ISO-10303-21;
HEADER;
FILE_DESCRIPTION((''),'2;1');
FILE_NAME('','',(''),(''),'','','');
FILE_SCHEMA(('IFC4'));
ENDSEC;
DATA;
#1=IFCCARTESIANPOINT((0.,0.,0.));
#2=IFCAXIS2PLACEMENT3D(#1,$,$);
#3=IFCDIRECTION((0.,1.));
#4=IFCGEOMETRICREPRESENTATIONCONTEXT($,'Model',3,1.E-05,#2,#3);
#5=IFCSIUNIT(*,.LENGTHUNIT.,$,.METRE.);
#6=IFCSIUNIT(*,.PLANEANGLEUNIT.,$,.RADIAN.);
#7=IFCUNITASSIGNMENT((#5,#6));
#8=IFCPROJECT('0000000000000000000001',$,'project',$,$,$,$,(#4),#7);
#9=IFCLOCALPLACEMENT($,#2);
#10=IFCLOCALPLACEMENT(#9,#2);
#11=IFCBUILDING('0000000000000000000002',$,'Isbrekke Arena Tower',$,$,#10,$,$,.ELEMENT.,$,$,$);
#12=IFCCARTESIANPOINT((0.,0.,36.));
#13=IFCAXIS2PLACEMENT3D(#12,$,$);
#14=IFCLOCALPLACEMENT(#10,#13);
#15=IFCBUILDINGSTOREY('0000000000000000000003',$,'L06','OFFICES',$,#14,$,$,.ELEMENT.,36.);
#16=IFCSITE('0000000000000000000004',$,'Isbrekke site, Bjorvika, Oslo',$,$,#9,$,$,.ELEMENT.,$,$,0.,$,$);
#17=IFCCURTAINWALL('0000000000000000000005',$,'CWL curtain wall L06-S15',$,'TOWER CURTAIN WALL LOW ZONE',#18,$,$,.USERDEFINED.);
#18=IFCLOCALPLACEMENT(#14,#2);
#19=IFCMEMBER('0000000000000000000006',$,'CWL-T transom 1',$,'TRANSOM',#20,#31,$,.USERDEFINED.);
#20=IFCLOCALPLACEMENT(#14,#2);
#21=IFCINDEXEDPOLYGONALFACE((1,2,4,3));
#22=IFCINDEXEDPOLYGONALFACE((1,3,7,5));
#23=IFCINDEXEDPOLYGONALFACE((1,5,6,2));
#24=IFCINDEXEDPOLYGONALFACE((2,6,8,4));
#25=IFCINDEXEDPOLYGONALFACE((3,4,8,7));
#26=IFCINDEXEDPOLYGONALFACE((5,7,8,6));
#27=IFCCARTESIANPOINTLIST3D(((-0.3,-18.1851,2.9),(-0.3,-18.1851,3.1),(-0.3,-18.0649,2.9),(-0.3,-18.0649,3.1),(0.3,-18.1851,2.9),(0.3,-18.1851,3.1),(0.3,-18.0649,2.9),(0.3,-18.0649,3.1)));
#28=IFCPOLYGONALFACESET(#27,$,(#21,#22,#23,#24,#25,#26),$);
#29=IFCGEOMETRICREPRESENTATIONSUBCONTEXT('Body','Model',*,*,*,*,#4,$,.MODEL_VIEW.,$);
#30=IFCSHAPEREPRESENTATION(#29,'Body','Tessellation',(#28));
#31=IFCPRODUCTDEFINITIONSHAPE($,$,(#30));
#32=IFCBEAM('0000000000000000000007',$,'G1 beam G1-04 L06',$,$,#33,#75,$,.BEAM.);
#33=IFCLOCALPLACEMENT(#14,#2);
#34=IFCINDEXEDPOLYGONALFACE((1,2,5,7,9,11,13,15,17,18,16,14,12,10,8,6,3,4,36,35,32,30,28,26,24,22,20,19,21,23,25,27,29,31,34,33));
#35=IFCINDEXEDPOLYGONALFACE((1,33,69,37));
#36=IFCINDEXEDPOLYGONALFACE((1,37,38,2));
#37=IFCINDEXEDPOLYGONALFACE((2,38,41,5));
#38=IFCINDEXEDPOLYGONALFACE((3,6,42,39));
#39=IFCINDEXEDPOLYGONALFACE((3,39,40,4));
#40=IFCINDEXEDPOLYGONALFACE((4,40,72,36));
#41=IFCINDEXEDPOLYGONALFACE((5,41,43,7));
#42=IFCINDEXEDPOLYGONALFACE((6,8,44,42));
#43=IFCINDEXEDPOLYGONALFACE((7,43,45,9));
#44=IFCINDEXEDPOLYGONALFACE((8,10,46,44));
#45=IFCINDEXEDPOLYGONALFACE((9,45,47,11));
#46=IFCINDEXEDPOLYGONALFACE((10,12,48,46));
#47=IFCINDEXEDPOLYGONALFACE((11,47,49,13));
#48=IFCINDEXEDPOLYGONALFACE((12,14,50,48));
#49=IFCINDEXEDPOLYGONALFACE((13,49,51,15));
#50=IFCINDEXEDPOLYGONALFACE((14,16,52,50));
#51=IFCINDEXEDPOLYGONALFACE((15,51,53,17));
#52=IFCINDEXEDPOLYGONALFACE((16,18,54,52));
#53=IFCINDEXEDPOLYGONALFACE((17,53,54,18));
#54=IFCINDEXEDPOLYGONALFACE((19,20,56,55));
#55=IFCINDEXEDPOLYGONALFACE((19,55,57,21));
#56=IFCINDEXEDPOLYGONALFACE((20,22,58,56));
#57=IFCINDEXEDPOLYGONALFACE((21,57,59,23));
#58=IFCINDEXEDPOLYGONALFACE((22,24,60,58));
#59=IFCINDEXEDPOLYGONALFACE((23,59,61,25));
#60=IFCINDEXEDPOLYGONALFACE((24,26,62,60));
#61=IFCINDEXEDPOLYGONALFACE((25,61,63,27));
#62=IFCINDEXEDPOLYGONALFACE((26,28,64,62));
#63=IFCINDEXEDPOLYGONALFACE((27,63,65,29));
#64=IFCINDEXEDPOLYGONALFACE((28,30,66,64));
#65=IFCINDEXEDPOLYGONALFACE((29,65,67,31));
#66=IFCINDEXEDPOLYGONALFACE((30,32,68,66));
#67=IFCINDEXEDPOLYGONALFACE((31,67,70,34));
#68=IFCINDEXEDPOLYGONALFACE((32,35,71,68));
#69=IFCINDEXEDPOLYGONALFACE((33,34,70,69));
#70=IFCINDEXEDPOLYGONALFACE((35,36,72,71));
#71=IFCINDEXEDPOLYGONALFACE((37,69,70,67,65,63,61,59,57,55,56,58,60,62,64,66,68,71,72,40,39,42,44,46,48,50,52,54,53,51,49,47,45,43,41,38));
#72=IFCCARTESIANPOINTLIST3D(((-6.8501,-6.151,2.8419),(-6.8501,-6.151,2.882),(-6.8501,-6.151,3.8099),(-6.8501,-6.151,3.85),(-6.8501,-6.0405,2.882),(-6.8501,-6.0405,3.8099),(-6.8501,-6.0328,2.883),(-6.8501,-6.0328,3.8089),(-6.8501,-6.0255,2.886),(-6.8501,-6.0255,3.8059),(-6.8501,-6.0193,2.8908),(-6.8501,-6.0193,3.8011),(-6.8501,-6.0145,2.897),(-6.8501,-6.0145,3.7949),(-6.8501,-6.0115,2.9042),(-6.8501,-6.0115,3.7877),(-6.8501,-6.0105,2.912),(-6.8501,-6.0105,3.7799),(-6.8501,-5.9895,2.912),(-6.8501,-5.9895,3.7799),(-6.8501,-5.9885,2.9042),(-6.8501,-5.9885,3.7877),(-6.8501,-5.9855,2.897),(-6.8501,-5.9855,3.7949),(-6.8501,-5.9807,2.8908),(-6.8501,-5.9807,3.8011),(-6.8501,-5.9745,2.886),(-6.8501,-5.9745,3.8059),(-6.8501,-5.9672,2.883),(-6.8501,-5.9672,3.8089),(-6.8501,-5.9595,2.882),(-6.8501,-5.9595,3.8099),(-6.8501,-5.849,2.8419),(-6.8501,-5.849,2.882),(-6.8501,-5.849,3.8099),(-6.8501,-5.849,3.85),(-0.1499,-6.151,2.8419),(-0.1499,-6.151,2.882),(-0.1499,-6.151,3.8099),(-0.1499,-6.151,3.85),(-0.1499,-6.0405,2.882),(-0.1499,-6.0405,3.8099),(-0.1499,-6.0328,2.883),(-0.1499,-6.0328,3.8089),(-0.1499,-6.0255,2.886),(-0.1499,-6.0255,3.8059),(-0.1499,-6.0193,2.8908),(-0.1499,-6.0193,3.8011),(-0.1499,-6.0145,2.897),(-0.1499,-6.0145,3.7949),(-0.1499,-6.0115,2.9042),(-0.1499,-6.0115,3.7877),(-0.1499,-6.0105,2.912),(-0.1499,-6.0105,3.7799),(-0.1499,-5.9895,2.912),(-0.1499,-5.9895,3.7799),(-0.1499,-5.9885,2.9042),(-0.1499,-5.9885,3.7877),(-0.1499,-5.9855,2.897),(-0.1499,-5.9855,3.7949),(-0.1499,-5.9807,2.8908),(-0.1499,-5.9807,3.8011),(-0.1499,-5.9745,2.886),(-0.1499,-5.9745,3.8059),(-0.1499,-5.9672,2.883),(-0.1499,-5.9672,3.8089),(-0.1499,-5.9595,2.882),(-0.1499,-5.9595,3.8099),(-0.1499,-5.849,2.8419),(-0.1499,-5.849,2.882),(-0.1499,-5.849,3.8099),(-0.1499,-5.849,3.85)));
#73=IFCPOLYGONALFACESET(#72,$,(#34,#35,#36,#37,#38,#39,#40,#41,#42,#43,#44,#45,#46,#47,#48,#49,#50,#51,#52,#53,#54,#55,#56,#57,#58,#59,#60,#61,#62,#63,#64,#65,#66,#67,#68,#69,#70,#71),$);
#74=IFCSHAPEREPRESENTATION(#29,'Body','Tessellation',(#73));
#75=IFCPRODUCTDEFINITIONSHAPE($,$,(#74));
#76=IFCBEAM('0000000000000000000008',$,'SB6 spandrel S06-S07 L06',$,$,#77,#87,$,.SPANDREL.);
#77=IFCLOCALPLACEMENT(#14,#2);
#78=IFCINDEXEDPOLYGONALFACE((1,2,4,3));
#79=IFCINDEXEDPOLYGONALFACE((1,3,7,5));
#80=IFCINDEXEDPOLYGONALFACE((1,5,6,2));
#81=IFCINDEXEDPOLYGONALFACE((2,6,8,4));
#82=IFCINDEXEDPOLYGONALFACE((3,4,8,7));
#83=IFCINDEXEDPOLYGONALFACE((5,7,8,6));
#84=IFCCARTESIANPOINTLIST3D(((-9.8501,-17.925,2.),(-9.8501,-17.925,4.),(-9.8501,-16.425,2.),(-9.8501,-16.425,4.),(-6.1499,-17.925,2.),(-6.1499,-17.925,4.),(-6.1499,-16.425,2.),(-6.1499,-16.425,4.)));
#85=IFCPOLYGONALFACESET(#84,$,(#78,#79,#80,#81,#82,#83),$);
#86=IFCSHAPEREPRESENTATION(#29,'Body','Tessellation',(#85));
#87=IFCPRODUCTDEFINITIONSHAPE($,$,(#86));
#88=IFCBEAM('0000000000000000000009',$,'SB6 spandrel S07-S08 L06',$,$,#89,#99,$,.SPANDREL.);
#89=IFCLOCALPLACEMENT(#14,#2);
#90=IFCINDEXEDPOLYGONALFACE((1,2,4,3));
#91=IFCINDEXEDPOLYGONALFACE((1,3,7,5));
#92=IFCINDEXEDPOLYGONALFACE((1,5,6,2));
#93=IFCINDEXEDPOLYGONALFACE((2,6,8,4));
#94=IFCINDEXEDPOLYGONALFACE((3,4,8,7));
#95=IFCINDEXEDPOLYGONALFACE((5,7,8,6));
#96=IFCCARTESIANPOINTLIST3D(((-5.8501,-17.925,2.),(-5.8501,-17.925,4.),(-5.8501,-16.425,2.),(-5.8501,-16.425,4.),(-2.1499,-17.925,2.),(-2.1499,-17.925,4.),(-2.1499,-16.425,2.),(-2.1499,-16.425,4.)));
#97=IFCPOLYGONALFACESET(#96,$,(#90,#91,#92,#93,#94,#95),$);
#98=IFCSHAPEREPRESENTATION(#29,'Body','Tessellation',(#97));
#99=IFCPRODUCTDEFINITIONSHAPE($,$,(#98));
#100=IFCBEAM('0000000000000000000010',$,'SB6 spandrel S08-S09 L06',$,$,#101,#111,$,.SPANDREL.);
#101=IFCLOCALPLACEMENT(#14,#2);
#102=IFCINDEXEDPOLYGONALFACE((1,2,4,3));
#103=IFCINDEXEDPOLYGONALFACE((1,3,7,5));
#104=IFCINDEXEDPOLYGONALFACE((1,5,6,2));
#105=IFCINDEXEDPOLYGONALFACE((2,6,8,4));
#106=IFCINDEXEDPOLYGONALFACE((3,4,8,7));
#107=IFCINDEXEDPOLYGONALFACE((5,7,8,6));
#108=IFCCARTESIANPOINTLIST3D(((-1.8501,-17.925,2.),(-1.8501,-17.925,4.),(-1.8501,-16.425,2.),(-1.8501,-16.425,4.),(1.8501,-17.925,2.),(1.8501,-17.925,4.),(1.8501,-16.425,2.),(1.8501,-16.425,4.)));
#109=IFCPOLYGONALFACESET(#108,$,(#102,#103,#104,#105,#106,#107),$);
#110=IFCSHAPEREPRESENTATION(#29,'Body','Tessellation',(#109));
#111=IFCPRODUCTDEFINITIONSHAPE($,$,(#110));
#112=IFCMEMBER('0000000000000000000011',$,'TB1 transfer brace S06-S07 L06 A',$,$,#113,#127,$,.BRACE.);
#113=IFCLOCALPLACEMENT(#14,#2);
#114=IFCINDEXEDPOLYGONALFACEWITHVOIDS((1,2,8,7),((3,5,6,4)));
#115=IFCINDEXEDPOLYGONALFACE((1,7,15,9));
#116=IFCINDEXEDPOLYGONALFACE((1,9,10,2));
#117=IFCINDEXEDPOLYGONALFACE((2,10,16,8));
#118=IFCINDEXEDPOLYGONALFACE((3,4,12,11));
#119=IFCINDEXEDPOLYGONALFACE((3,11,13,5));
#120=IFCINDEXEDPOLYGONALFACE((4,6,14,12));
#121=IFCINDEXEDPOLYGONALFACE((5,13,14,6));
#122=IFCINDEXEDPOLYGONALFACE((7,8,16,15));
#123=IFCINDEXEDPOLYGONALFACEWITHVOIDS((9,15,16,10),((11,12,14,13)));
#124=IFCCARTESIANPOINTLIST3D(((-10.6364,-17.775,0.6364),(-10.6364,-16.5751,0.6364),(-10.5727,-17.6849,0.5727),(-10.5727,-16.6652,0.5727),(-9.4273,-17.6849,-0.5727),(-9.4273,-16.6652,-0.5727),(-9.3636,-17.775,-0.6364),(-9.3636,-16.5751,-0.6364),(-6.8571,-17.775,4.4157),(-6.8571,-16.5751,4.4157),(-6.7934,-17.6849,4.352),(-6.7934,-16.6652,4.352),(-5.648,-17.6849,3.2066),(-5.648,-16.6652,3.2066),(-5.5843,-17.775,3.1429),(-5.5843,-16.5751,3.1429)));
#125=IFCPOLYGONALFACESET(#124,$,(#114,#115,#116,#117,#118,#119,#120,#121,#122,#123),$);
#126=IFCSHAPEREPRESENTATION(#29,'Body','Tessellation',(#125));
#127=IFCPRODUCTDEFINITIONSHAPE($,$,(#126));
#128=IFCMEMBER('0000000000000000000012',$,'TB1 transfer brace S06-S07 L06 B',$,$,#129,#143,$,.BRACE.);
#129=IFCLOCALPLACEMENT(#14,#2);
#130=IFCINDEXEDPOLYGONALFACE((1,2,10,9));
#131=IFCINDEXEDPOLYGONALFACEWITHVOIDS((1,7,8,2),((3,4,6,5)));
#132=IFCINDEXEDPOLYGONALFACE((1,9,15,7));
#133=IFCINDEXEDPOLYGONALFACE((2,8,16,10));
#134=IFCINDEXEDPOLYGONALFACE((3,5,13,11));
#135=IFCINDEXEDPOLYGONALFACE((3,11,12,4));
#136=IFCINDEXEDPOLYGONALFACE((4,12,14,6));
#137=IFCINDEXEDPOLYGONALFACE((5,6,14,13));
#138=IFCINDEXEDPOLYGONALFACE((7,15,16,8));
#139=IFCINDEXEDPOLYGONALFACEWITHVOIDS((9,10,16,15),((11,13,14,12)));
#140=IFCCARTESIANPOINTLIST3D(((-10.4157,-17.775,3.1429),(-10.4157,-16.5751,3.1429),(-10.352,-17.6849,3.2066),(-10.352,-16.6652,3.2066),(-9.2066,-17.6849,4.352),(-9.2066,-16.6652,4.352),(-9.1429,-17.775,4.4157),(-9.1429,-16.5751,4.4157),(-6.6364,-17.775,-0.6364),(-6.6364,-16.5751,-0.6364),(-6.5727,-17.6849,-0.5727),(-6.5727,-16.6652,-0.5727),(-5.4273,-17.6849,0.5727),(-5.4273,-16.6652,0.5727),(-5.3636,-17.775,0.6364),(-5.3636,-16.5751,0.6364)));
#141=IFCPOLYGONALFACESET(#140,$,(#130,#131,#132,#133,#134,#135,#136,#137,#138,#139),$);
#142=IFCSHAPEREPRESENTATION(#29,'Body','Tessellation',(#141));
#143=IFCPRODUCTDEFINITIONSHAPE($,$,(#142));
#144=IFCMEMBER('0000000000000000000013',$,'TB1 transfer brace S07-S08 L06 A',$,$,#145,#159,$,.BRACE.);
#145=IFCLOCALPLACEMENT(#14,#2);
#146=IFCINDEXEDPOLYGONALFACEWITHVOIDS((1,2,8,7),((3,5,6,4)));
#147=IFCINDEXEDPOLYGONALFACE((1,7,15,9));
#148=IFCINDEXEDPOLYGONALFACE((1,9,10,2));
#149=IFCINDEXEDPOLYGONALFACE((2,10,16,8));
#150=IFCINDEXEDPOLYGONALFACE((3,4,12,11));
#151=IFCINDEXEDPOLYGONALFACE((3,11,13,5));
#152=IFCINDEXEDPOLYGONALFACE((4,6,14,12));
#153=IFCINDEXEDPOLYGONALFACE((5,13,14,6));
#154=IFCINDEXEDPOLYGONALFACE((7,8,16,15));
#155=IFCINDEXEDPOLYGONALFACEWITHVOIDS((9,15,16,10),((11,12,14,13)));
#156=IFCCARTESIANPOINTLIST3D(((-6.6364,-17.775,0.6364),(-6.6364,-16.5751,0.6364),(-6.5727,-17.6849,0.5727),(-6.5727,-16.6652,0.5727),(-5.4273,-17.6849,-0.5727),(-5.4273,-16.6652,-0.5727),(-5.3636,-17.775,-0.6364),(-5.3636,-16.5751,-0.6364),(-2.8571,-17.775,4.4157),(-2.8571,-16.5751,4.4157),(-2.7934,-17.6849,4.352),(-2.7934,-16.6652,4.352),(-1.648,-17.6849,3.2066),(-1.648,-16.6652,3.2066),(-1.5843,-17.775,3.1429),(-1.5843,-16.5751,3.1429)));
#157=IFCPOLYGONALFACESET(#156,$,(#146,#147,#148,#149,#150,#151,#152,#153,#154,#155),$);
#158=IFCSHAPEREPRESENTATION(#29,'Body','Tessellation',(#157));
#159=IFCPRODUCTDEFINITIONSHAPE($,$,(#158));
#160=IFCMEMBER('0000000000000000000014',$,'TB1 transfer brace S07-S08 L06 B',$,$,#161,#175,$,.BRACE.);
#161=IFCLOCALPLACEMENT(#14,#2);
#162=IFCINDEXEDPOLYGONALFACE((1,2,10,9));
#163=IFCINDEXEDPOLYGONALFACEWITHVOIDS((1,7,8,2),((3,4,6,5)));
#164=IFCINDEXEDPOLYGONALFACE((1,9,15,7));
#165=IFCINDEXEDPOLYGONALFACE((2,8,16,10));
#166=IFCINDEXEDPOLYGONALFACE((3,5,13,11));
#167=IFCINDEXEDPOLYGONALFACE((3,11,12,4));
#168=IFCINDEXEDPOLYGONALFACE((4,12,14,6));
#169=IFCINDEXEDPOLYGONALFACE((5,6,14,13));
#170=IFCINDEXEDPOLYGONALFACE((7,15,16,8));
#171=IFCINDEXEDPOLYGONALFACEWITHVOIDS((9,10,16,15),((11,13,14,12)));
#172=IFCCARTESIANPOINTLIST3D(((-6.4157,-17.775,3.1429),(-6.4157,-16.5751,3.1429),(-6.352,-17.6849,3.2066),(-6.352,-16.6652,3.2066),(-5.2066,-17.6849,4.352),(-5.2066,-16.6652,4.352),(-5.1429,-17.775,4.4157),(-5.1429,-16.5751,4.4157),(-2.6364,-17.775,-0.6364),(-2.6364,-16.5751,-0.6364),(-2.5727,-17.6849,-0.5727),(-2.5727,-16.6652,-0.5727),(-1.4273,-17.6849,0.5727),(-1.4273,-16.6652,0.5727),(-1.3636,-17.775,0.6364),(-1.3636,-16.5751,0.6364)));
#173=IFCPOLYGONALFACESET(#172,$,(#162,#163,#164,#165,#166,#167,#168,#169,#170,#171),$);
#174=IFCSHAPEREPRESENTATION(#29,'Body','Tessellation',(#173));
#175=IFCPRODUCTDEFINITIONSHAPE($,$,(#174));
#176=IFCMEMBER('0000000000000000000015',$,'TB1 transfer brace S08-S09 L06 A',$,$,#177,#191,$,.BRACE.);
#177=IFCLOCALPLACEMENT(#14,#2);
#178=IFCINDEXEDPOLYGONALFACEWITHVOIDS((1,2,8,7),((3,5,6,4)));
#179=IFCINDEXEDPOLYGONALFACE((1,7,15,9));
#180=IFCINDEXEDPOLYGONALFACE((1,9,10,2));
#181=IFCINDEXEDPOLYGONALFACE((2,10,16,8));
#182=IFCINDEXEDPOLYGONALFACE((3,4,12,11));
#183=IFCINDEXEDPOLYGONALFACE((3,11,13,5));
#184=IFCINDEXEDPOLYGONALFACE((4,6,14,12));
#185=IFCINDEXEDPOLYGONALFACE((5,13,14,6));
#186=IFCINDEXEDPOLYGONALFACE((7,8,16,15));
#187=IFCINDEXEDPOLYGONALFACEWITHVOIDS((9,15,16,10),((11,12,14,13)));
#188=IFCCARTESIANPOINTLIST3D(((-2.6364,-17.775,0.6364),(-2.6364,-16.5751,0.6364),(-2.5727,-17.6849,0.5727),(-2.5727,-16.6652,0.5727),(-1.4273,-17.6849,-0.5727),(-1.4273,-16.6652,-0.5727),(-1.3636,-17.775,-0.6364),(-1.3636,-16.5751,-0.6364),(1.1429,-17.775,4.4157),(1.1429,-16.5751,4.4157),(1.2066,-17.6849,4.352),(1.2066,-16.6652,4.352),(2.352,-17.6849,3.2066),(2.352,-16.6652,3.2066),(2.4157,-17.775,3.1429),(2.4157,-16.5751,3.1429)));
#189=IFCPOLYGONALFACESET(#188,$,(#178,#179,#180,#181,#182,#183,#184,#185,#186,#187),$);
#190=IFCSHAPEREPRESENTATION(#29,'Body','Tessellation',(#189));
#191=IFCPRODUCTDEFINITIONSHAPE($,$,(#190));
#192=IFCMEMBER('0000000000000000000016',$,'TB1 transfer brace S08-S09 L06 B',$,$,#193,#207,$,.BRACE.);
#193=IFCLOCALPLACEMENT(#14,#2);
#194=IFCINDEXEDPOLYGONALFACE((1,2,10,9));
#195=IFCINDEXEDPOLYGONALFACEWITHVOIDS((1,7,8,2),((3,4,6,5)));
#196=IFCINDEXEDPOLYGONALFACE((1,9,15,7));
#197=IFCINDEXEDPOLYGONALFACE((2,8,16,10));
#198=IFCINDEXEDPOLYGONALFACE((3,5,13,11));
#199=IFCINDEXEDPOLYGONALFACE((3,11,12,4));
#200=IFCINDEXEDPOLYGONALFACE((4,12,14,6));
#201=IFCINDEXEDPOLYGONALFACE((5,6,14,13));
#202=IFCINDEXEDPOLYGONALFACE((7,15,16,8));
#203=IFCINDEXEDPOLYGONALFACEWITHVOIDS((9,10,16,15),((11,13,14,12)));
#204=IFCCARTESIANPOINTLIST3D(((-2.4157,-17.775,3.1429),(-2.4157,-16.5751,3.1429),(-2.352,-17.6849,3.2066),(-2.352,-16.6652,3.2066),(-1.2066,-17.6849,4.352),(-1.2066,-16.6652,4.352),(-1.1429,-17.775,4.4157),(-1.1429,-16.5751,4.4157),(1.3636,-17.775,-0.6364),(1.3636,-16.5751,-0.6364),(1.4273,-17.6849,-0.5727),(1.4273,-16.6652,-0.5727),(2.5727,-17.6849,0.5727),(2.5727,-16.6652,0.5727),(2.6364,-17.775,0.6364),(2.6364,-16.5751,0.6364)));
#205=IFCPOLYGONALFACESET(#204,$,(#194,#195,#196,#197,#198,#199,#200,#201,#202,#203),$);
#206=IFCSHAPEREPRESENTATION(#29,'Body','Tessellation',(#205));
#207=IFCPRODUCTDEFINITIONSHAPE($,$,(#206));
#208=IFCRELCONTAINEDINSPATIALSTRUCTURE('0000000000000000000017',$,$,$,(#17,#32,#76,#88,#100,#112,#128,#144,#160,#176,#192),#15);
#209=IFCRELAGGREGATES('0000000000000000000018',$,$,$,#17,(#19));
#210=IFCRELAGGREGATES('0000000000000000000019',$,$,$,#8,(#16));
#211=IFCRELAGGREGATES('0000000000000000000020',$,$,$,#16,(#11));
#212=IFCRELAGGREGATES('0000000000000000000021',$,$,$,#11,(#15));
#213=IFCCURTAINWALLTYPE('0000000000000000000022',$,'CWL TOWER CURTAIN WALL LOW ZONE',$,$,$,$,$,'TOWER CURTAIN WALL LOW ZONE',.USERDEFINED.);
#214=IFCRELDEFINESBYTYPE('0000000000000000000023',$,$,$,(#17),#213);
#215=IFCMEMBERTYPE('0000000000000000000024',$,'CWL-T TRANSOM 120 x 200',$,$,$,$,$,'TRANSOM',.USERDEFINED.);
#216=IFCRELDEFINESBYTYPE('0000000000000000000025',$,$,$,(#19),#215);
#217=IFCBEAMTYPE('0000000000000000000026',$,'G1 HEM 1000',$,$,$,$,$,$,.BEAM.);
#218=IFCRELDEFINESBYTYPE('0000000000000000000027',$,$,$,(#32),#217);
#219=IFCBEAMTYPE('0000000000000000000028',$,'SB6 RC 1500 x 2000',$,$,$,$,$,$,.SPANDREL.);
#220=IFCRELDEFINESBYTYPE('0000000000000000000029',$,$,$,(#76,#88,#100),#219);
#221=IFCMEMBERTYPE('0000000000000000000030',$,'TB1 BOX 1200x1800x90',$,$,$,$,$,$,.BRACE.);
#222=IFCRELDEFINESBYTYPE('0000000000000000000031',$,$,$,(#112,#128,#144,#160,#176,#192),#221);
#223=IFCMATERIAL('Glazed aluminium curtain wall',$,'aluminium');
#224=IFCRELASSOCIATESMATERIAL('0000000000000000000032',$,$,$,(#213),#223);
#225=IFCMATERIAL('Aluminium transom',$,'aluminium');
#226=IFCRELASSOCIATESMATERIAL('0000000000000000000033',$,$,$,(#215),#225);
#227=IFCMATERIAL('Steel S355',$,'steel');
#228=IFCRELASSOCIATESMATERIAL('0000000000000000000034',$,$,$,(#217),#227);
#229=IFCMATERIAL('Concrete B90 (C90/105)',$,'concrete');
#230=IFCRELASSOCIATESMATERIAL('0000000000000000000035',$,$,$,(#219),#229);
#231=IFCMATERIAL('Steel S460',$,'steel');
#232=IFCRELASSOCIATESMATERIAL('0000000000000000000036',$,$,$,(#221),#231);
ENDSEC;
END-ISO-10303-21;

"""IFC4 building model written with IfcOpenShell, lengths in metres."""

from ifc_helpers import new_model, si_unit, direction, frame, origin, origin_2d, place, context, subcontext, project, spatial, rectangle, hollow_rectangle, i_section, extrude, material, material_profile, profile_set, type_object, element, aggregate, save


model = new_model("IFC4")

# Units and contexts
model_context = context("Model", 3, precision=1e-05, world=origin(), true_north=direction((0.0, 1.0)))
body_context = subcontext(model_context, "Body", "Model", "MODEL_VIEW")
ifc_project = project(units=[si_unit("LENGTHUNIT", "METRE"), si_unit("PLANEANGLEUNIT", "RADIAN")], contexts=[model_context])

# Site, building, storey
site_placement = place(None, origin())
site = spatial("IfcSite", under=ifc_project, at=site_placement, Name="Isbrekke site, Bjorvika, Oslo", CompositionType="ELEMENT", RefElevation=0.0)
building_placement = place(site_placement, origin())
building = spatial("IfcBuilding", under=site, at=building_placement, Name="Isbrekke Arena Tower", CompositionType="ELEMENT")
storey_placement = place(building_placement, frame((0.0, 0.0, 36.0)))
storey = spatial("IfcBuildingStorey", under=building, at=storey_placement, Name="L06", Description="OFFICES", CompositionType="ELEMENT", Elevation=36.0)

# Shared definitions
ifc_material_1 = material(Name="Glazed aluminium curtain wall", Category="aluminium")
curtain_wall_type = type_object("IfcCurtainWallType", Name="CWL TOWER CURTAIN WALL LOW ZONE", ElementType="TOWER CURTAIN WALL LOW ZONE", PredefinedType="USERDEFINED", material=ifc_material_1)

# Curtain wall
curtain_wall_1_placement = place(storey_placement, origin())
curtain_wall_1 = element("IfcCurtainWall", 1, at=curtain_wall_1_placement, inside=storey, type_object=curtain_wall_type, Name="CWL curtain wall L06-S15", ObjectType="TOWER CURTAIN WALL LOW ZONE", PredefinedType="USERDEFINED")

# Member
ifc_material_2 = material(Name="Aluminium transom", Category="aluminium")
ifc_material_profile_1 = material_profile(ifc_material_2, rectangle(XDim=0.1201, YDim=0.2, at=origin_2d()), Name="TRANSOM 120X200")
ifc_profile_set_1 = profile_set([ifc_material_profile_1], Name="Aluminium transom")
member_type_1 = type_object("IfcMemberType", Name="CWL-T TRANSOM 120 x 200", ElementType="TRANSOM", PredefinedType="USERDEFINED", material=ifc_profile_set_1)
member_1_placement = place(storey_placement, frame((-0.3, -18.125, 3.0), z_axis=(1.0, 0.0, 0.0), x_axis=(0.0, 1.0, 0.0)))
member_1 = element("IfcMember", 2, at=member_1_placement, type_object=member_type_1, Name="CWL-T transom 1", ObjectType="TRANSOM", PredefinedType="USERDEFINED", context=body_context, shape_type="SweptSolid", body=[
    extrude(rectangle(XDim=0.1201, YDim=0.2, at=origin_2d()), origin(), (0.0, 0.0, 1.0), 0.6001),
])
aggregate(curtain_wall_1, [member_1])

# Beams
ifc_material_3 = material(Name="Steel S355", Category="steel")
ifc_material_profile_2 = material_profile(ifc_material_3, i_section(OverallWidth=0.302, OverallDepth=1.0081, WebThickness=0.021, FlangeThickness=0.04, FilletRadius=0.03, at=origin_2d()), Name="HEM 1000")
ifc_profile_set_2 = profile_set([ifc_material_profile_2], Name="Steel S355")
beam_type_1 = type_object("IfcBeamType", Name="G1 HEM 1000", PredefinedType="BEAM", material=ifc_profile_set_2)
beam_1_placement = place(storey_placement, frame((-6.8501, -6.0, 3.3459), z_axis=(1.0, 0.0, 0.0), x_axis=(0.0, 1.0, 0.0)))
element("IfcBeam", 3, at=beam_1_placement, inside=storey, type_object=beam_type_1, Name="G1 beam G1-04 L06", PredefinedType="BEAM", context=body_context, shape_type="SweptSolid", body=[
    extrude(i_section(OverallWidth=0.302, OverallDepth=1.0081, WebThickness=0.021, FlangeThickness=0.04, FilletRadius=0.03, at=origin_2d()), origin(), (0.0, 0.0, 1.0), 6.7002),
])
ifc_material_4 = material(Name="Concrete B90 (C90/105)", Category="concrete")
ifc_material_profile_3 = material_profile(ifc_material_4, rectangle(XDim=1.5, YDim=2.0, at=origin_2d()), Name="RC 1500x2000")
ifc_profile_set_3 = profile_set([ifc_material_profile_3], Name="Concrete B90 (C90/105)")
beam_type_2 = type_object("IfcBeamType", Name="SB6 RC 1500 x 2000", PredefinedType="SPANDREL", material=ifc_profile_set_3)
for number, where, z_axis, x_axis, name in (
    (4, (-9.8501, -17.175, 3.0), (1.0, 0.0, 0.0), (0.0, 1.0, 0.0), "SB6 spandrel S06-S07 L06"),
    (5, (-5.8501, -17.175, 3.0), (1.0, 0.0, 0.0), (0.0, 1.0, 0.0), "SB6 spandrel S07-S08 L06"),
    (6, (-1.8501, -17.175, 3.0), (1.0, 0.0, 0.0), (0.0, 1.0, 0.0), "SB6 spandrel S08-S09 L06"),
):
    element("IfcBeam", number, at=place(storey_placement, frame(where, z_axis=z_axis, x_axis=x_axis)), inside=storey, type_object=beam_type_2, Name=name, PredefinedType="SPANDREL", context=body_context, shape_type="SweptSolid", body=[
        extrude(rectangle(XDim=1.5, YDim=2.0, at=origin_2d()), origin(), (0.0, 0.0, 1.0), 3.7002),
    ])

# Members
ifc_material_5 = material(Name="Steel S460", Category="steel")
ifc_material_profile_4 = material_profile(ifc_material_5, hollow_rectangle(XDim=1.2, YDim=1.8, WallThickness=0.0901, at=origin_2d()), Name="BOX 1200x1800x90")
ifc_profile_set_4 = profile_set([ifc_material_profile_4], Name="Steel S460")
member_type_2 = type_object("IfcMemberType", Name="TB1 BOX 1200x1800x90", PredefinedType="BRACE", material=ifc_profile_set_4)
for number, where, z_axis, x_axis, name in (
    (7, (-10.0, -17.175, 0.0), (0.707107, 0.0, 0.707107), (0.0, 1.0, 0.0), "TB1 transfer brace S06-S07 L06 A"),
    (8, (-9.7793, -17.175, 3.7793), (0.707107, 0.0, -0.707107), (0.0, 1.0, 0.0), "TB1 transfer brace S06-S07 L06 B"),
    (9, (-6.0, -17.175, 0.0), (0.707107, 0.0, 0.707107), (0.0, 1.0, 0.0), "TB1 transfer brace S07-S08 L06 A"),
    (10, (-5.7793, -17.175, 3.7793), (0.707107, 0.0, -0.707107), (0.0, 1.0, 0.0), "TB1 transfer brace S07-S08 L06 B"),
    (11, (-2.0, -17.175, 0.0), (0.707107, 0.0, 0.707107), (0.0, 1.0, 0.0), "TB1 transfer brace S08-S09 L06 A"),
    (12, (-1.7793, -17.175, 3.7793), (0.707107, 0.0, -0.707107), (0.0, 1.0, 0.0), "TB1 transfer brace S08-S09 L06 B"),
):
    element("IfcMember", number, at=place(storey_placement, frame(where, z_axis=z_axis, x_axis=x_axis)), inside=storey, type_object=member_type_2, Name=name, PredefinedType="BRACE", context=body_context, shape_type="SweptSolid", body=[
        extrude(hollow_rectangle(XDim=1.2, YDim=1.8, WallThickness=0.0901, at=origin_2d()), origin(), (0.0, 0.0, 1.0), 5.3447),
    ])

save(model, "model.ifc")
